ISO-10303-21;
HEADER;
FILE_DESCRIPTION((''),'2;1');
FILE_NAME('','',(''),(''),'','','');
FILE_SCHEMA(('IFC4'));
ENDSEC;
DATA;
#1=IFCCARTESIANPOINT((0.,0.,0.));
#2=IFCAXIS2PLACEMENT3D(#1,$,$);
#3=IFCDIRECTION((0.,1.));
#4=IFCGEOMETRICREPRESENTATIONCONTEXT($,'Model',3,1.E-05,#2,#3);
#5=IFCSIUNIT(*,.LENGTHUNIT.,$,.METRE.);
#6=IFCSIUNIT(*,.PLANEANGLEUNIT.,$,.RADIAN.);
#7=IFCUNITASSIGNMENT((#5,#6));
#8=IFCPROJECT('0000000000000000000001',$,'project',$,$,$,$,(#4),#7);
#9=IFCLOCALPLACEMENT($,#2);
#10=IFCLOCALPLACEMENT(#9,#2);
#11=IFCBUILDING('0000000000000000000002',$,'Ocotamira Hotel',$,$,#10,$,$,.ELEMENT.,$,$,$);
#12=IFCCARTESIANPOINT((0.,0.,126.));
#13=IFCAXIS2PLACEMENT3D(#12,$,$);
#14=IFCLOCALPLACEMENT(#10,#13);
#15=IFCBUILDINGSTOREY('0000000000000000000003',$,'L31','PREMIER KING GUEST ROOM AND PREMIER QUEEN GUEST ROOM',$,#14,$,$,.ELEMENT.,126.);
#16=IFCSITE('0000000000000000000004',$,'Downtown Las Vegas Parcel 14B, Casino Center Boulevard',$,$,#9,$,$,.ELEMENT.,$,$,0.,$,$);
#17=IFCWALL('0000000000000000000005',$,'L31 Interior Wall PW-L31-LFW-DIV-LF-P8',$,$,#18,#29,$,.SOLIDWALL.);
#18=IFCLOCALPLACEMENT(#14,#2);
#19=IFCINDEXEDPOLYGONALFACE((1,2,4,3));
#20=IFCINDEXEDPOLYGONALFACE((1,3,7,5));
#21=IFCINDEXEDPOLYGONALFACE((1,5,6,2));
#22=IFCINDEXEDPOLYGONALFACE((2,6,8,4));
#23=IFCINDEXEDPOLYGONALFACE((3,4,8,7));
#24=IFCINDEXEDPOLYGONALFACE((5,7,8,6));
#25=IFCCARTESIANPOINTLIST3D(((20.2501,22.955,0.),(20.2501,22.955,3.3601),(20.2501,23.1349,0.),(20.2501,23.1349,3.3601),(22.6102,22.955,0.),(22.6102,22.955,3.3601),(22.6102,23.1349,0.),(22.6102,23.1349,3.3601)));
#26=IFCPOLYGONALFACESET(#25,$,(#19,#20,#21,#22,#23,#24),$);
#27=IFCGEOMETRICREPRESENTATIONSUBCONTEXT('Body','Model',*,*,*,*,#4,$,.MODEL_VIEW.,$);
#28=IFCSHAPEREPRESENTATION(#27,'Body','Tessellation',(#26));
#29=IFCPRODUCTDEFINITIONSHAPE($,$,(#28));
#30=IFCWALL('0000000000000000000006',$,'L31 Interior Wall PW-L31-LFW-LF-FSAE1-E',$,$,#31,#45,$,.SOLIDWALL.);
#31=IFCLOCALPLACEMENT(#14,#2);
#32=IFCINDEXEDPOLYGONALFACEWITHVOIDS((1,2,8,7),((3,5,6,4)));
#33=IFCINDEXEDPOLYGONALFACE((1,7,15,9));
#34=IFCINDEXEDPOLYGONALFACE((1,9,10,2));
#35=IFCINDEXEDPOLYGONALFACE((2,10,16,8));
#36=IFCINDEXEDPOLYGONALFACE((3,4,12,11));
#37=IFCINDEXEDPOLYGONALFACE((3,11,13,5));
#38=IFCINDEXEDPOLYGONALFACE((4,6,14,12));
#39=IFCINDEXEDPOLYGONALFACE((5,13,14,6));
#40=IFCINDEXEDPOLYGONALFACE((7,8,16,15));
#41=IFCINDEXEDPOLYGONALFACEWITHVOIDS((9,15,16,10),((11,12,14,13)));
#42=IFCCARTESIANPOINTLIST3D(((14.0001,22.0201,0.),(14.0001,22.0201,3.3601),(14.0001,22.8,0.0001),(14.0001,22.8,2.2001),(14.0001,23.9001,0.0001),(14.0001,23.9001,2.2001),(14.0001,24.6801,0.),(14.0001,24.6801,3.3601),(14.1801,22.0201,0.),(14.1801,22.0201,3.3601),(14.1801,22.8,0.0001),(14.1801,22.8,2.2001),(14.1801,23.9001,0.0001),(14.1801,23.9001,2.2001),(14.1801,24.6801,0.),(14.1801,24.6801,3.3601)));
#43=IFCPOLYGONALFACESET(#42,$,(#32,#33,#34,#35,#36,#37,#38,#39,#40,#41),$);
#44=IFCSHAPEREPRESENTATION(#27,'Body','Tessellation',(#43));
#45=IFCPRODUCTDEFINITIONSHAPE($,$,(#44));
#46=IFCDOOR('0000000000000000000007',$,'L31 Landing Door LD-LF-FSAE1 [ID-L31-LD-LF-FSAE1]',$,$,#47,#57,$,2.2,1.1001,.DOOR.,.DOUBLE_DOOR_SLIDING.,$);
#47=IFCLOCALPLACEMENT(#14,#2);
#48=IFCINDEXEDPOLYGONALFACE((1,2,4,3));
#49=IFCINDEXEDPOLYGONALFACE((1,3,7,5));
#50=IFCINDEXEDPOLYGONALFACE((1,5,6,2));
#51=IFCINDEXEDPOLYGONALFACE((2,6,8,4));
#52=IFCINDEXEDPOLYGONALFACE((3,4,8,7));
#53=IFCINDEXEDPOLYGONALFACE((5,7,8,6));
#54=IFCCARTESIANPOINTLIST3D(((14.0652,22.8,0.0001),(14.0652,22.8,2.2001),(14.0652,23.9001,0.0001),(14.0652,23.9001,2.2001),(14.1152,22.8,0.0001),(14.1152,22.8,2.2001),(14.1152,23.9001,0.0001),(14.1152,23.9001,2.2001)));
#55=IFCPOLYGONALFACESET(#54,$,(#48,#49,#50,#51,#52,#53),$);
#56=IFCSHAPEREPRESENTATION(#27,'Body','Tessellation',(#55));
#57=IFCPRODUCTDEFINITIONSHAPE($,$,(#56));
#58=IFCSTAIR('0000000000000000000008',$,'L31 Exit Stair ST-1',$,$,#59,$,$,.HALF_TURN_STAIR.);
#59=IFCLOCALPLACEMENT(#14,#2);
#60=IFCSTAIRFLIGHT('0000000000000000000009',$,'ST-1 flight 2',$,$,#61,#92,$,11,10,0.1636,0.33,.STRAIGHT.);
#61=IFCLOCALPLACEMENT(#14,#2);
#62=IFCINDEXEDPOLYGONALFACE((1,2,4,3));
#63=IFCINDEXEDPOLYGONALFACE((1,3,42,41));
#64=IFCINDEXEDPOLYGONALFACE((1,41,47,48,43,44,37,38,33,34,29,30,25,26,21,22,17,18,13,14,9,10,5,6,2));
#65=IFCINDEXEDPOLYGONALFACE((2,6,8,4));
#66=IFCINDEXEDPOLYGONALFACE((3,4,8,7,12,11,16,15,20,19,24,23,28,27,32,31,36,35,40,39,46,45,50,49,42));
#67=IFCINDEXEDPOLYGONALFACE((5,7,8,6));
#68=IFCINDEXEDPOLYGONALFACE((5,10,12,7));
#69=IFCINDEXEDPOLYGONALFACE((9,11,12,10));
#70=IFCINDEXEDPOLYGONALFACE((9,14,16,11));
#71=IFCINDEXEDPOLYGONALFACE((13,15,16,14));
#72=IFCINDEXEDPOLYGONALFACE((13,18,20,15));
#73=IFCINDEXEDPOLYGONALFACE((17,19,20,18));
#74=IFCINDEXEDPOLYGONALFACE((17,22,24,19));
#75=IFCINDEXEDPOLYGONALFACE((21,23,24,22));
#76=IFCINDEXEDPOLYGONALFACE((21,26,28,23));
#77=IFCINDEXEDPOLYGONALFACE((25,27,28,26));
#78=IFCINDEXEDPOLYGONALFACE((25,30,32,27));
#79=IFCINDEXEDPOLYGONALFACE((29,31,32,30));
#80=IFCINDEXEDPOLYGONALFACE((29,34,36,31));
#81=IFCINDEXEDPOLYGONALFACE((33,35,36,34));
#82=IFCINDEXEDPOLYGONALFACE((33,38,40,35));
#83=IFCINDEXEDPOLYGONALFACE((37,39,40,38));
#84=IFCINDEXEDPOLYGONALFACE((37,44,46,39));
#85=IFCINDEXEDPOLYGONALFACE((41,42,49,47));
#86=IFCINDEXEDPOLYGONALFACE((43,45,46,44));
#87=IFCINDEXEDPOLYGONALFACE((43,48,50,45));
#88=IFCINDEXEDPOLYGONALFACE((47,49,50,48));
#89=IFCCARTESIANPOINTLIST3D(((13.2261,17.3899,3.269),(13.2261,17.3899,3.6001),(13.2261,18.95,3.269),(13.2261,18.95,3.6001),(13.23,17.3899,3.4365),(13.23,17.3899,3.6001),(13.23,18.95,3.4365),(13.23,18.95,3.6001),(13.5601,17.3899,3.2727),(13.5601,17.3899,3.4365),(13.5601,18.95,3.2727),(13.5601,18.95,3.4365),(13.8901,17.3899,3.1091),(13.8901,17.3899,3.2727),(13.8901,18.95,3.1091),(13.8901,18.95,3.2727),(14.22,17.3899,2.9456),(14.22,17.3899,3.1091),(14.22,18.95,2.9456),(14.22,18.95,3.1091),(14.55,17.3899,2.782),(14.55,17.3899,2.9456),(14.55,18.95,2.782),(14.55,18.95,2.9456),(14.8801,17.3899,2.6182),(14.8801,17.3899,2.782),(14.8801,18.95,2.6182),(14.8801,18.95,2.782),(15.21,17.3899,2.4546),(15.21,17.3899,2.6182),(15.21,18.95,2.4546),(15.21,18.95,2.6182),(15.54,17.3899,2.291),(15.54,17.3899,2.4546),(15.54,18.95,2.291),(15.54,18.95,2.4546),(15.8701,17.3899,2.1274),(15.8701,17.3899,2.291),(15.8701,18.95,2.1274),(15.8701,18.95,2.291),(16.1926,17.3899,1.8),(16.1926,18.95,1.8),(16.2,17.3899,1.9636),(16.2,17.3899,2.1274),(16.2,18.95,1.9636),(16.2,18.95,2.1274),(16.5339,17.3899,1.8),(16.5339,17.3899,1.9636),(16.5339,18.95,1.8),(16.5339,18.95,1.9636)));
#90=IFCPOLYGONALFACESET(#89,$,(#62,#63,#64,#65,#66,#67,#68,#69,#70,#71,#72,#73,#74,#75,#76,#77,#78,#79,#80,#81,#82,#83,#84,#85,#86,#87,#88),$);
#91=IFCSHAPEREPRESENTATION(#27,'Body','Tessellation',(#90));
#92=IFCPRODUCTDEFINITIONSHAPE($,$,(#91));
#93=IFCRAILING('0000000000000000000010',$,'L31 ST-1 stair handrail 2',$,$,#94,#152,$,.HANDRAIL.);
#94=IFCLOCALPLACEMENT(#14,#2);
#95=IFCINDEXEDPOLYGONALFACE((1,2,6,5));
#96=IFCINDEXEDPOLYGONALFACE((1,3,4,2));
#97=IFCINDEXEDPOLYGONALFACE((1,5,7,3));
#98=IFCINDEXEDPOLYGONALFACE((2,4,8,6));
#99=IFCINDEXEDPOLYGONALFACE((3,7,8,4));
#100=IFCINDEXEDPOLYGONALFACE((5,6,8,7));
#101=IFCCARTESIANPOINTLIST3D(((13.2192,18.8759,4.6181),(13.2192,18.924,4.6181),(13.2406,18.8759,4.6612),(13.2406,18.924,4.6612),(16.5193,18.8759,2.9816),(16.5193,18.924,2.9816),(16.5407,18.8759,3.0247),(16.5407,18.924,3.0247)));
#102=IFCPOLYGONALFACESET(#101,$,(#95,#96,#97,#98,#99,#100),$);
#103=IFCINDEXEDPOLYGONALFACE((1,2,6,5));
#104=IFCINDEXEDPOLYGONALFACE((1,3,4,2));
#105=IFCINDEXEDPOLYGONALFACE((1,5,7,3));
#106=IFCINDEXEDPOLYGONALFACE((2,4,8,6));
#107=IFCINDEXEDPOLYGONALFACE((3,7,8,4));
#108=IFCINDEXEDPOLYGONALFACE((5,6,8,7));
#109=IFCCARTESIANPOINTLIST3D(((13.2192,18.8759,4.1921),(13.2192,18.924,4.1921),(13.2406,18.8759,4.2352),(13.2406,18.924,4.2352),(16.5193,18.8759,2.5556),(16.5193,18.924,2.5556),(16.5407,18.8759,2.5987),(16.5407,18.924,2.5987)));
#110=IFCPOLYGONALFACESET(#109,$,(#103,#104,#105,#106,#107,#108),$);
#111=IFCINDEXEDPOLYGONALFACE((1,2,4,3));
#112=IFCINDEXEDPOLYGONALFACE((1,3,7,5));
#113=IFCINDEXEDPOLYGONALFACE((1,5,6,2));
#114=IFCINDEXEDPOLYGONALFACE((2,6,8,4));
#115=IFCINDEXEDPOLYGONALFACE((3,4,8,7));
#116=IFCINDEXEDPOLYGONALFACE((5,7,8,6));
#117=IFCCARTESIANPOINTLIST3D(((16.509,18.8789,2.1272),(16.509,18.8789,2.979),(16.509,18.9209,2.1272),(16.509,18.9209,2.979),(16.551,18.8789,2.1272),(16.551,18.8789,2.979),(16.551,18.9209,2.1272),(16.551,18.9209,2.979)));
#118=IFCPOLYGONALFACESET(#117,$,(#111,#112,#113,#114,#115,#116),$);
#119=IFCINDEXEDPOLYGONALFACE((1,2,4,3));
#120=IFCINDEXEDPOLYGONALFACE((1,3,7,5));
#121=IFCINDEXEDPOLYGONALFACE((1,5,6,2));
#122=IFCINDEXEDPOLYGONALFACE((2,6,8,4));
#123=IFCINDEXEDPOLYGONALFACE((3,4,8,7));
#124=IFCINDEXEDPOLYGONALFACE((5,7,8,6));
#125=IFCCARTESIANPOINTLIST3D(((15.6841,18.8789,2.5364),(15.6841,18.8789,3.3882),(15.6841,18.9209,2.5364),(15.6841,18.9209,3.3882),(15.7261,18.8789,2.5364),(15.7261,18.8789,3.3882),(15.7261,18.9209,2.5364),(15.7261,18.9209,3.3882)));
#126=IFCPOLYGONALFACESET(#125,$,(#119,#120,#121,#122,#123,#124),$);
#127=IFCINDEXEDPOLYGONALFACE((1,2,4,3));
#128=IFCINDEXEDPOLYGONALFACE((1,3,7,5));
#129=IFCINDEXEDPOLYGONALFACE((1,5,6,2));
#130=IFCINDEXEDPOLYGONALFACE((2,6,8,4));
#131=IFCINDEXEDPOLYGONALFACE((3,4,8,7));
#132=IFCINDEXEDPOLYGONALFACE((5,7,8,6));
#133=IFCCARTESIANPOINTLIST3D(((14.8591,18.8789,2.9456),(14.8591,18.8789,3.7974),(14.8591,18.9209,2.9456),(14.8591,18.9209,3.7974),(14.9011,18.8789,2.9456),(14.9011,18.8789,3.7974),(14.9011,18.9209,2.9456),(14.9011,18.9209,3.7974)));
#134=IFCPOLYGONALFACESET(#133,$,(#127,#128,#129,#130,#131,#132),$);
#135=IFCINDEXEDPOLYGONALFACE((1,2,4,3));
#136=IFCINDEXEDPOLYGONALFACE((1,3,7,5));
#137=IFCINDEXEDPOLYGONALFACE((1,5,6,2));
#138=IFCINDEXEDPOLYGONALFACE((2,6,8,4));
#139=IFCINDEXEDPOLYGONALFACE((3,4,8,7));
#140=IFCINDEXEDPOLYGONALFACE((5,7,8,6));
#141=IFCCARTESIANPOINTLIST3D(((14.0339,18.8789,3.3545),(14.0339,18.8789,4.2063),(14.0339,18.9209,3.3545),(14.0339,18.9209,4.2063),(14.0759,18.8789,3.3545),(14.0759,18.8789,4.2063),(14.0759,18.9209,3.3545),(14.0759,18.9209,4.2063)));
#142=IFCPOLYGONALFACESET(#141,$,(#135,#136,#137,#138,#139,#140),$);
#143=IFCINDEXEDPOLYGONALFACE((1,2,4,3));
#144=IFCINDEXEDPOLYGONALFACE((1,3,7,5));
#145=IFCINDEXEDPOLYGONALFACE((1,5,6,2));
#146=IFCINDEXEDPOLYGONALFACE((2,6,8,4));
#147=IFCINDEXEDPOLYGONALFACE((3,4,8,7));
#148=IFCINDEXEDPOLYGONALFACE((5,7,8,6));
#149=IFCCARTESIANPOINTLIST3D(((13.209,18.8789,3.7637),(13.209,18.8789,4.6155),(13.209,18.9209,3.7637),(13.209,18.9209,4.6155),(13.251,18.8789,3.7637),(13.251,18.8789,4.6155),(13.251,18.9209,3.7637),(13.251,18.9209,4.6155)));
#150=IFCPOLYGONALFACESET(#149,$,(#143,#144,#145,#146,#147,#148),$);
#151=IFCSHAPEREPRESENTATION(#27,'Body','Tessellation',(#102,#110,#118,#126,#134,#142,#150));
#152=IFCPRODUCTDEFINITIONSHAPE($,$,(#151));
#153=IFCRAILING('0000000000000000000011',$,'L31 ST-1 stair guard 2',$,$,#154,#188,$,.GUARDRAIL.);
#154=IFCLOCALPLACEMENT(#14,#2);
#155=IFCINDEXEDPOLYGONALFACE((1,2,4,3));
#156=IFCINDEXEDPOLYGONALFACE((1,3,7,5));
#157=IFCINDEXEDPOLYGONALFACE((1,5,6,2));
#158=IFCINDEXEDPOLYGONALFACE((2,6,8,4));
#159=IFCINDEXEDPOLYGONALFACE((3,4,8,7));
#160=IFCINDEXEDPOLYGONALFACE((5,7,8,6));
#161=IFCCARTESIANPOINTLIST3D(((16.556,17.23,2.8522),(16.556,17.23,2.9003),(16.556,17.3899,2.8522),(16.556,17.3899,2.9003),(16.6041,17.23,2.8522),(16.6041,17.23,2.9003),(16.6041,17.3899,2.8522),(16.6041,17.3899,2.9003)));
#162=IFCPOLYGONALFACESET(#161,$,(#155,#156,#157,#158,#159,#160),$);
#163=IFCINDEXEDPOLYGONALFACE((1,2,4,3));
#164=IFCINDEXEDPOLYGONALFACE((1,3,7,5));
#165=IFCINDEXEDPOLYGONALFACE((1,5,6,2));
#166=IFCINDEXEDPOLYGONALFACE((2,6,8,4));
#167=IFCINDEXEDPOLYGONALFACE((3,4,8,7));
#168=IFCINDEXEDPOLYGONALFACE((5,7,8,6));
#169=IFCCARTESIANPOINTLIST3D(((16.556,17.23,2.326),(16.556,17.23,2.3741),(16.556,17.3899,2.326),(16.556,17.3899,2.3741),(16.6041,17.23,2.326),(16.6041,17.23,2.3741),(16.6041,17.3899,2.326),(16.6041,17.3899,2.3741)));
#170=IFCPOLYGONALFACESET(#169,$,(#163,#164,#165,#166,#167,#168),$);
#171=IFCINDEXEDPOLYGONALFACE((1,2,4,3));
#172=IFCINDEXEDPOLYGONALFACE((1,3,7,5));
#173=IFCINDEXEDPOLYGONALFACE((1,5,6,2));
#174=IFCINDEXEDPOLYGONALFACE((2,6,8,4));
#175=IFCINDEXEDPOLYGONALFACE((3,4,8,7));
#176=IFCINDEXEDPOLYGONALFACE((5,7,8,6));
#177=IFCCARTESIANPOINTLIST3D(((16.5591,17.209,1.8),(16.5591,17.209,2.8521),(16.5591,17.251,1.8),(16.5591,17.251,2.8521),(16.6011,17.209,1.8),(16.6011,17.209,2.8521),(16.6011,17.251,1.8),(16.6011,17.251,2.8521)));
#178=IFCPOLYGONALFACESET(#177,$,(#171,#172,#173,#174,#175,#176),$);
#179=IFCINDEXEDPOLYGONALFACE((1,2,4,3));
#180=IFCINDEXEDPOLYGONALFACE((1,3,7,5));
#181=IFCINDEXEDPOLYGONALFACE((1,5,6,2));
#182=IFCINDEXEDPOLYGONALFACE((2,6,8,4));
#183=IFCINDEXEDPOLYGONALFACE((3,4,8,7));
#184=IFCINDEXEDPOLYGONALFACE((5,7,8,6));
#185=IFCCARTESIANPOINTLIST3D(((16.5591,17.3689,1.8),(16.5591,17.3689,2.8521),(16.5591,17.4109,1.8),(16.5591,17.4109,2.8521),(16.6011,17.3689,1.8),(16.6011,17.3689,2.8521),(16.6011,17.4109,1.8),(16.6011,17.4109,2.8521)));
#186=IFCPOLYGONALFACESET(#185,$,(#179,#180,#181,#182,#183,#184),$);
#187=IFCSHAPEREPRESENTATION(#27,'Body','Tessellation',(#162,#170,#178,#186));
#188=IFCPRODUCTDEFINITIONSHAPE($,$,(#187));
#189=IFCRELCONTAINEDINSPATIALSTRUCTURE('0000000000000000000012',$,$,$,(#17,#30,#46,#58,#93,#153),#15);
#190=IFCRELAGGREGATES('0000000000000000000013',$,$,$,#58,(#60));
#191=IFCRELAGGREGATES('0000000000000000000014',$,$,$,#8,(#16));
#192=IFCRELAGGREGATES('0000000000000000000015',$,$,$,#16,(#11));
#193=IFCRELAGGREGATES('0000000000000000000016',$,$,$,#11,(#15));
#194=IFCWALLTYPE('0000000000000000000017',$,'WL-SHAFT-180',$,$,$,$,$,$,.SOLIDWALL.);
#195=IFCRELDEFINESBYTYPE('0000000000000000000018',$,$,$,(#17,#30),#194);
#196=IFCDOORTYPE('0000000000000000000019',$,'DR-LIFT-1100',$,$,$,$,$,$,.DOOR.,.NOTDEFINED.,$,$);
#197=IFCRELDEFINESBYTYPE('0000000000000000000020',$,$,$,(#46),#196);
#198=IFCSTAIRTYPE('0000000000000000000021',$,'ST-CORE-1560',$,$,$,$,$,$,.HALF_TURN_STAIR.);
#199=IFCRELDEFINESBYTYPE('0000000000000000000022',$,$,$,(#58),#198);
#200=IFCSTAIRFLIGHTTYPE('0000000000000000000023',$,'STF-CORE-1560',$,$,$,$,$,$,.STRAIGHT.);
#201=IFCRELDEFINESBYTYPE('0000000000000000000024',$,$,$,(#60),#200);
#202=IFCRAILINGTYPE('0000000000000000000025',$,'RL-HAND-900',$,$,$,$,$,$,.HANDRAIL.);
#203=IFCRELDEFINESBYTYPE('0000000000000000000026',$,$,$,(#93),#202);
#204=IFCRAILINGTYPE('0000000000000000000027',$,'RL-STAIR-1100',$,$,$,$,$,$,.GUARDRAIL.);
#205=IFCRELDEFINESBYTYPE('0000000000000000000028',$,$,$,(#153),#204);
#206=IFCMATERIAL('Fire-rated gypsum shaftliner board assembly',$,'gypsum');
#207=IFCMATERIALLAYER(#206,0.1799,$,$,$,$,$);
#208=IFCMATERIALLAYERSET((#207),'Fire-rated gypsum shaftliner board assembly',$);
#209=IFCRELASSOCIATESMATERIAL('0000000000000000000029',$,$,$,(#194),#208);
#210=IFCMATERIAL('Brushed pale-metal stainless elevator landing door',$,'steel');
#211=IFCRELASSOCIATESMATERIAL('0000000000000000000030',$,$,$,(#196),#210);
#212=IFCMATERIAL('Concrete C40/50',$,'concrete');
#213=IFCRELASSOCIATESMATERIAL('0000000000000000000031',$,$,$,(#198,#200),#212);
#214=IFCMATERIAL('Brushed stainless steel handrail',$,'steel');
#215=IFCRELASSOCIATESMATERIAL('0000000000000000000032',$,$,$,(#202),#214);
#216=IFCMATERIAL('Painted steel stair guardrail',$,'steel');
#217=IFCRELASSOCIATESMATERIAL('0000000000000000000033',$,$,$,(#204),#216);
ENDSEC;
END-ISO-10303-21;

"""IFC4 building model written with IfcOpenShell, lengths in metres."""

from ifc_helpers import new_model, si_unit, direction, frame, frame_2d, origin, origin_2d, place, context, subcontext, project, spatial, polyline, rectangle, outline, extrude, source, transform, mapped, material, layer, layer_set, type_object, element, fill, aggregate, save


model = new_model("IFC4")

# Units and contexts
model_context = context("Model", 3, precision=1e-05, world=origin(), true_north=direction((0.0, 1.0)))
body_context = subcontext(model_context, "Body", "Model", "MODEL_VIEW")
ifc_project = project(units=[si_unit("LENGTHUNIT", "METRE"), si_unit("PLANEANGLEUNIT", "RADIAN")], contexts=[model_context])

# Site, building, storey
site_placement = place(None, origin())
site = spatial("IfcSite", under=ifc_project, at=site_placement, Name="Downtown Las Vegas Parcel 14B, Casino Center Boulevard", CompositionType="ELEMENT", RefElevation=0.0)
building_placement = place(site_placement, origin())
building = spatial("IfcBuilding", under=site, at=building_placement, Name="Ocotamira Hotel", CompositionType="ELEMENT")
storey_placement = place(building_placement, frame((0.0, 0.0, 126.0)))
storey = spatial("IfcBuildingStorey", under=building, at=storey_placement, Name="L31", Description="PREMIER KING GUEST ROOM AND PREMIER QUEEN GUEST ROOM", CompositionType="ELEMENT", Elevation=126.0)

# Wall
ifc_material_1 = material(Name="Fire-rated gypsum shaftliner board assembly", Category="gypsum")
ifc_layer_1 = layer(ifc_material_1, 0.1799)
ifc_layer_set_1 = layer_set([ifc_layer_1], Name="Fire-rated gypsum shaftliner board assembly")
wall_type_1 = type_object("IfcWallType", Name="WL-SHAFT-180", PredefinedType="SOLIDWALL", material=ifc_layer_set_1)
wall_1_placement = place(storey_placement, frame((20.25, 23.0449, 0.0), z_axis=(0.0, 0.0, 1.0), x_axis=(1.0, 0.0, 0.0)))
element("IfcWall", 1, at=wall_1_placement, inside=storey, type_object=wall_type_1, Name="L31 Interior Wall PW-L31-LFW-DIV-LF-P8", PredefinedType="SOLIDWALL", context=body_context, shape_type="SweptSolid", body=[
    extrude(rectangle(XDim=2.3601, YDim=0.1799, at=frame_2d((1.1802, 0.0))), origin(), (0.0, 0.0, 1.0), 3.3601),
])

# Wall, opening, door
wall_2_placement = place(storey_placement, frame((14.0901, 22.02, 0.0), z_axis=(0.0, 0.0, 1.0), x_axis=(0.0, 1.0, 0.0)))
wall_2 = element("IfcWall", 2, at=wall_2_placement, inside=storey, type_object=wall_type_1, Name="L31 Interior Wall PW-L31-LFW-LF-FSAE1-E", PredefinedType="SOLIDWALL", context=body_context, shape_type="SweptSolid", body=[
    extrude(rectangle(XDim=2.6599, YDim=0.1799, at=frame_2d((1.3301, 0.0))), origin(), (0.0, 0.0, 1.0), 3.3601),
])
opening_1_placement = place(wall_2_placement, frame((0.78, 0.0, 0.0)))
opening_1 = element("IfcOpeningElement", 3, at=opening_1_placement, cuts=wall_2, PredefinedType="OPENING", context=body_context, shape_type="SweptSolid", body=[
    extrude(rectangle(XDim=1.1001, YDim=2.2, at=frame_2d((0.55, 1.1001))), frame((0.0, 0.1001, 0.0), z_axis=(0.0, -1.0, 0.0), x_axis=(1.0, 0.0, 0.0)), (0.0, 0.0, 1.0), 0.2),
])
ifc_material_2 = material(Name="Brushed pale-metal stainless elevator landing door", Category="steel")
door_type_1 = type_object("IfcDoorType", Name="DR-LIFT-1100", OperationType="NOTDEFINED", PredefinedType="DOOR", material=ifc_material_2)
shared_shape_1 = source(origin(), body_context, "Body", "SweptSolid", [
    extrude(rectangle(XDim=1.1001, YDim=2.2, at=frame_2d((0.55, 1.1001))), frame((0.0, 0.0249, 0.0), z_axis=(0.0, -1.0, 0.0), x_axis=(1.0, 0.0, 0.0)), (0.0, 0.0, 1.0), 0.05),
])
door_1_placement = place(opening_1_placement, origin())
door_1 = element("IfcDoor", 4, at=door_1_placement, inside=storey, type_object=door_type_1, Name="L31 Landing Door LD-LF-FSAE1 [ID-L31-LD-LF-FSAE1]", OperationType="DOUBLE_DOOR_SLIDING", OverallHeight=2.2, OverallWidth=1.1001, PredefinedType="DOOR", context=body_context, shape_type="MappedRepresentation", body=[
    mapped(shared_shape_1, transform((0.0, 0.0, 0.0), scale=1.0)),
])
fill(opening_1, door_1)

# Stair, stair flight
ifc_material_3 = material(Name="Concrete C40/50", Category="concrete")
stair_type = type_object("IfcStairType", Name="ST-CORE-1560", PredefinedType="HALF_TURN_STAIR", material=ifc_material_3)
stair_placement = place(storey_placement, origin())
stair = element("IfcStair", 5, at=stair_placement, inside=storey, type_object=stair_type, Name="L31 Exit Stair ST-1", PredefinedType="HALF_TURN_STAIR")
stair_flight_type = type_object("IfcStairFlightType", Name="STF-CORE-1560", PredefinedType="STRAIGHT", material=ifc_material_3)
shared_shape_2 = source(origin(), body_context, "Body", "SweptSolid", [
    extrude(outline(polyline([(-0.0039, 0.0), (-0.0039, 0.1636), (0.3301, 0.1636), (0.3301, 0.3274), (0.6599, 0.3274), (0.6599, 0.491), (0.99, 0.491), (0.99, 0.6545), (1.3201, 0.6545), (1.3201, 0.8181), (1.6499, 0.8181), (1.6499, 0.9819), (1.98, 0.9819), (1.98, 1.1455), (2.3101, 1.1455), (2.3101, 1.3091), (2.6399, 1.3091), (2.6399, 1.4727), (2.97, 1.4727), (2.97, 1.6365), (3.3, 1.6365), (3.3, 1.8), (3.304, 1.8), (3.304, 1.469), (0.3374, 0.0), (-0.0039, 0.0)])), frame((0.0, 0.78, 0.0), z_axis=(0.0, -1.0, 0.0), x_axis=(1.0, 0.0, 0.0)), (0.0, 0.0, 1.0), 1.5601),
])
stair_flight_placement = place(storey_placement, frame((16.53, 18.1699, 1.8), z_axis=(0.0, 0.0, 1.0), x_axis=(-1.0, 0.0, 0.0)))
stair_flight = element("IfcStairFlight", 6, at=stair_flight_placement, type_object=stair_flight_type, Name="ST-1 flight 2", NumberOfRisers=11, NumberOfTreads=10, PredefinedType="STRAIGHT", RiserHeight=0.1636, TreadLength=0.33, context=body_context, shape_type="MappedRepresentation", body=[
    mapped(shared_shape_2, transform((0.0, 0.0, 0.0), scale=1.0)),
])
aggregate(stair, [stair_flight])

# Railings
ifc_material_4 = material(Name="Brushed stainless steel handrail", Category="steel")
railing_type_1 = type_object("IfcRailingType", Name="RL-HAND-900", PredefinedType="HANDRAIL", material=ifc_material_4)
railing_1_placement = place(storey_placement, frame((16.53, 18.8999, 2.1272)))
element("IfcRailing", 7, at=railing_1_placement, inside=storey, type_object=railing_type_1, Name="L31 ST-1 stair handrail 2", PredefinedType="HANDRAIL", context=body_context, shape_type="SweptSolid", body=[
    extrude(rectangle(XDim=0.0481, YDim=0.0481, at=origin_2d()), frame((0.0, 0.0, 0.876), z_axis=(-0.895894, 0.0, 0.444268), x_axis=(0.0, -1.0, 0.0)), (0.0, 0.0, 1.0), 3.6836),
    extrude(rectangle(XDim=0.0481, YDim=0.0481, at=origin_2d()), frame((0.0, 0.0, 0.45), z_axis=(-0.895894, 0.0, 0.444268), x_axis=(0.0, -1.0, 0.0)), (0.0, 0.0, 1.0), 3.6836),
    extrude(rectangle(XDim=0.042, YDim=0.042, at=origin_2d()), origin(), (0.0, 0.0, 1.0), 0.8518),
    extrude(rectangle(XDim=0.042, YDim=0.042, at=origin_2d()), frame((-0.825, 0.0, 0.4092)), (0.0, 0.0, 1.0), 0.8518),
    extrude(rectangle(XDim=0.042, YDim=0.042, at=origin_2d()), frame((-1.6499, 0.0, 0.8184)), (0.0, 0.0, 1.0), 0.8518),
    extrude(rectangle(XDim=0.042, YDim=0.042, at=origin_2d()), frame((-2.4751, 0.0, 1.2273)), (0.0, 0.0, 1.0), 0.8518),
    extrude(rectangle(XDim=0.042, YDim=0.042, at=origin_2d()), frame((-3.3, 0.0, 1.6365)), (0.0, 0.0, 1.0), 0.8518),
])
ifc_material_5 = material(Name="Painted steel stair guardrail", Category="steel")
railing_type_2 = type_object("IfcRailingType", Name="RL-STAIR-1100", PredefinedType="GUARDRAIL", material=ifc_material_5)
railing_2_placement = place(storey_placement, frame((16.5801, 17.23, 1.8)))
element("IfcRailing", 8, at=railing_2_placement, inside=storey, type_object=railing_type_2, Name="L31 ST-1 stair guard 2", PredefinedType="GUARDRAIL", context=body_context, shape_type="SweptSolid", body=[
    extrude(rectangle(XDim=0.0481, YDim=0.0481, at=origin_2d()), frame((0.0, 0.0, 1.0762), z_axis=(0.0, 1.0, 0.0), x_axis=(-1.0, 0.0, 0.0)), (0.0, 0.0, 1.0), 0.1599),
    extrude(rectangle(XDim=0.0481, YDim=0.0481, at=origin_2d()), frame((0.0, 0.0, 0.55), z_axis=(0.0, 1.0, 0.0), x_axis=(-1.0, 0.0, 0.0)), (0.0, 0.0, 1.0), 0.1599),
    extrude(rectangle(XDim=0.042, YDim=0.042, at=origin_2d()), origin(), (0.0, 0.0, 1.0), 1.052),
    extrude(rectangle(XDim=0.042, YDim=0.042, at=origin_2d()), frame((0.0, 0.1599, 0.0)), (0.0, 0.0, 1.0), 1.052),
])

save(model, "model.ifc")
